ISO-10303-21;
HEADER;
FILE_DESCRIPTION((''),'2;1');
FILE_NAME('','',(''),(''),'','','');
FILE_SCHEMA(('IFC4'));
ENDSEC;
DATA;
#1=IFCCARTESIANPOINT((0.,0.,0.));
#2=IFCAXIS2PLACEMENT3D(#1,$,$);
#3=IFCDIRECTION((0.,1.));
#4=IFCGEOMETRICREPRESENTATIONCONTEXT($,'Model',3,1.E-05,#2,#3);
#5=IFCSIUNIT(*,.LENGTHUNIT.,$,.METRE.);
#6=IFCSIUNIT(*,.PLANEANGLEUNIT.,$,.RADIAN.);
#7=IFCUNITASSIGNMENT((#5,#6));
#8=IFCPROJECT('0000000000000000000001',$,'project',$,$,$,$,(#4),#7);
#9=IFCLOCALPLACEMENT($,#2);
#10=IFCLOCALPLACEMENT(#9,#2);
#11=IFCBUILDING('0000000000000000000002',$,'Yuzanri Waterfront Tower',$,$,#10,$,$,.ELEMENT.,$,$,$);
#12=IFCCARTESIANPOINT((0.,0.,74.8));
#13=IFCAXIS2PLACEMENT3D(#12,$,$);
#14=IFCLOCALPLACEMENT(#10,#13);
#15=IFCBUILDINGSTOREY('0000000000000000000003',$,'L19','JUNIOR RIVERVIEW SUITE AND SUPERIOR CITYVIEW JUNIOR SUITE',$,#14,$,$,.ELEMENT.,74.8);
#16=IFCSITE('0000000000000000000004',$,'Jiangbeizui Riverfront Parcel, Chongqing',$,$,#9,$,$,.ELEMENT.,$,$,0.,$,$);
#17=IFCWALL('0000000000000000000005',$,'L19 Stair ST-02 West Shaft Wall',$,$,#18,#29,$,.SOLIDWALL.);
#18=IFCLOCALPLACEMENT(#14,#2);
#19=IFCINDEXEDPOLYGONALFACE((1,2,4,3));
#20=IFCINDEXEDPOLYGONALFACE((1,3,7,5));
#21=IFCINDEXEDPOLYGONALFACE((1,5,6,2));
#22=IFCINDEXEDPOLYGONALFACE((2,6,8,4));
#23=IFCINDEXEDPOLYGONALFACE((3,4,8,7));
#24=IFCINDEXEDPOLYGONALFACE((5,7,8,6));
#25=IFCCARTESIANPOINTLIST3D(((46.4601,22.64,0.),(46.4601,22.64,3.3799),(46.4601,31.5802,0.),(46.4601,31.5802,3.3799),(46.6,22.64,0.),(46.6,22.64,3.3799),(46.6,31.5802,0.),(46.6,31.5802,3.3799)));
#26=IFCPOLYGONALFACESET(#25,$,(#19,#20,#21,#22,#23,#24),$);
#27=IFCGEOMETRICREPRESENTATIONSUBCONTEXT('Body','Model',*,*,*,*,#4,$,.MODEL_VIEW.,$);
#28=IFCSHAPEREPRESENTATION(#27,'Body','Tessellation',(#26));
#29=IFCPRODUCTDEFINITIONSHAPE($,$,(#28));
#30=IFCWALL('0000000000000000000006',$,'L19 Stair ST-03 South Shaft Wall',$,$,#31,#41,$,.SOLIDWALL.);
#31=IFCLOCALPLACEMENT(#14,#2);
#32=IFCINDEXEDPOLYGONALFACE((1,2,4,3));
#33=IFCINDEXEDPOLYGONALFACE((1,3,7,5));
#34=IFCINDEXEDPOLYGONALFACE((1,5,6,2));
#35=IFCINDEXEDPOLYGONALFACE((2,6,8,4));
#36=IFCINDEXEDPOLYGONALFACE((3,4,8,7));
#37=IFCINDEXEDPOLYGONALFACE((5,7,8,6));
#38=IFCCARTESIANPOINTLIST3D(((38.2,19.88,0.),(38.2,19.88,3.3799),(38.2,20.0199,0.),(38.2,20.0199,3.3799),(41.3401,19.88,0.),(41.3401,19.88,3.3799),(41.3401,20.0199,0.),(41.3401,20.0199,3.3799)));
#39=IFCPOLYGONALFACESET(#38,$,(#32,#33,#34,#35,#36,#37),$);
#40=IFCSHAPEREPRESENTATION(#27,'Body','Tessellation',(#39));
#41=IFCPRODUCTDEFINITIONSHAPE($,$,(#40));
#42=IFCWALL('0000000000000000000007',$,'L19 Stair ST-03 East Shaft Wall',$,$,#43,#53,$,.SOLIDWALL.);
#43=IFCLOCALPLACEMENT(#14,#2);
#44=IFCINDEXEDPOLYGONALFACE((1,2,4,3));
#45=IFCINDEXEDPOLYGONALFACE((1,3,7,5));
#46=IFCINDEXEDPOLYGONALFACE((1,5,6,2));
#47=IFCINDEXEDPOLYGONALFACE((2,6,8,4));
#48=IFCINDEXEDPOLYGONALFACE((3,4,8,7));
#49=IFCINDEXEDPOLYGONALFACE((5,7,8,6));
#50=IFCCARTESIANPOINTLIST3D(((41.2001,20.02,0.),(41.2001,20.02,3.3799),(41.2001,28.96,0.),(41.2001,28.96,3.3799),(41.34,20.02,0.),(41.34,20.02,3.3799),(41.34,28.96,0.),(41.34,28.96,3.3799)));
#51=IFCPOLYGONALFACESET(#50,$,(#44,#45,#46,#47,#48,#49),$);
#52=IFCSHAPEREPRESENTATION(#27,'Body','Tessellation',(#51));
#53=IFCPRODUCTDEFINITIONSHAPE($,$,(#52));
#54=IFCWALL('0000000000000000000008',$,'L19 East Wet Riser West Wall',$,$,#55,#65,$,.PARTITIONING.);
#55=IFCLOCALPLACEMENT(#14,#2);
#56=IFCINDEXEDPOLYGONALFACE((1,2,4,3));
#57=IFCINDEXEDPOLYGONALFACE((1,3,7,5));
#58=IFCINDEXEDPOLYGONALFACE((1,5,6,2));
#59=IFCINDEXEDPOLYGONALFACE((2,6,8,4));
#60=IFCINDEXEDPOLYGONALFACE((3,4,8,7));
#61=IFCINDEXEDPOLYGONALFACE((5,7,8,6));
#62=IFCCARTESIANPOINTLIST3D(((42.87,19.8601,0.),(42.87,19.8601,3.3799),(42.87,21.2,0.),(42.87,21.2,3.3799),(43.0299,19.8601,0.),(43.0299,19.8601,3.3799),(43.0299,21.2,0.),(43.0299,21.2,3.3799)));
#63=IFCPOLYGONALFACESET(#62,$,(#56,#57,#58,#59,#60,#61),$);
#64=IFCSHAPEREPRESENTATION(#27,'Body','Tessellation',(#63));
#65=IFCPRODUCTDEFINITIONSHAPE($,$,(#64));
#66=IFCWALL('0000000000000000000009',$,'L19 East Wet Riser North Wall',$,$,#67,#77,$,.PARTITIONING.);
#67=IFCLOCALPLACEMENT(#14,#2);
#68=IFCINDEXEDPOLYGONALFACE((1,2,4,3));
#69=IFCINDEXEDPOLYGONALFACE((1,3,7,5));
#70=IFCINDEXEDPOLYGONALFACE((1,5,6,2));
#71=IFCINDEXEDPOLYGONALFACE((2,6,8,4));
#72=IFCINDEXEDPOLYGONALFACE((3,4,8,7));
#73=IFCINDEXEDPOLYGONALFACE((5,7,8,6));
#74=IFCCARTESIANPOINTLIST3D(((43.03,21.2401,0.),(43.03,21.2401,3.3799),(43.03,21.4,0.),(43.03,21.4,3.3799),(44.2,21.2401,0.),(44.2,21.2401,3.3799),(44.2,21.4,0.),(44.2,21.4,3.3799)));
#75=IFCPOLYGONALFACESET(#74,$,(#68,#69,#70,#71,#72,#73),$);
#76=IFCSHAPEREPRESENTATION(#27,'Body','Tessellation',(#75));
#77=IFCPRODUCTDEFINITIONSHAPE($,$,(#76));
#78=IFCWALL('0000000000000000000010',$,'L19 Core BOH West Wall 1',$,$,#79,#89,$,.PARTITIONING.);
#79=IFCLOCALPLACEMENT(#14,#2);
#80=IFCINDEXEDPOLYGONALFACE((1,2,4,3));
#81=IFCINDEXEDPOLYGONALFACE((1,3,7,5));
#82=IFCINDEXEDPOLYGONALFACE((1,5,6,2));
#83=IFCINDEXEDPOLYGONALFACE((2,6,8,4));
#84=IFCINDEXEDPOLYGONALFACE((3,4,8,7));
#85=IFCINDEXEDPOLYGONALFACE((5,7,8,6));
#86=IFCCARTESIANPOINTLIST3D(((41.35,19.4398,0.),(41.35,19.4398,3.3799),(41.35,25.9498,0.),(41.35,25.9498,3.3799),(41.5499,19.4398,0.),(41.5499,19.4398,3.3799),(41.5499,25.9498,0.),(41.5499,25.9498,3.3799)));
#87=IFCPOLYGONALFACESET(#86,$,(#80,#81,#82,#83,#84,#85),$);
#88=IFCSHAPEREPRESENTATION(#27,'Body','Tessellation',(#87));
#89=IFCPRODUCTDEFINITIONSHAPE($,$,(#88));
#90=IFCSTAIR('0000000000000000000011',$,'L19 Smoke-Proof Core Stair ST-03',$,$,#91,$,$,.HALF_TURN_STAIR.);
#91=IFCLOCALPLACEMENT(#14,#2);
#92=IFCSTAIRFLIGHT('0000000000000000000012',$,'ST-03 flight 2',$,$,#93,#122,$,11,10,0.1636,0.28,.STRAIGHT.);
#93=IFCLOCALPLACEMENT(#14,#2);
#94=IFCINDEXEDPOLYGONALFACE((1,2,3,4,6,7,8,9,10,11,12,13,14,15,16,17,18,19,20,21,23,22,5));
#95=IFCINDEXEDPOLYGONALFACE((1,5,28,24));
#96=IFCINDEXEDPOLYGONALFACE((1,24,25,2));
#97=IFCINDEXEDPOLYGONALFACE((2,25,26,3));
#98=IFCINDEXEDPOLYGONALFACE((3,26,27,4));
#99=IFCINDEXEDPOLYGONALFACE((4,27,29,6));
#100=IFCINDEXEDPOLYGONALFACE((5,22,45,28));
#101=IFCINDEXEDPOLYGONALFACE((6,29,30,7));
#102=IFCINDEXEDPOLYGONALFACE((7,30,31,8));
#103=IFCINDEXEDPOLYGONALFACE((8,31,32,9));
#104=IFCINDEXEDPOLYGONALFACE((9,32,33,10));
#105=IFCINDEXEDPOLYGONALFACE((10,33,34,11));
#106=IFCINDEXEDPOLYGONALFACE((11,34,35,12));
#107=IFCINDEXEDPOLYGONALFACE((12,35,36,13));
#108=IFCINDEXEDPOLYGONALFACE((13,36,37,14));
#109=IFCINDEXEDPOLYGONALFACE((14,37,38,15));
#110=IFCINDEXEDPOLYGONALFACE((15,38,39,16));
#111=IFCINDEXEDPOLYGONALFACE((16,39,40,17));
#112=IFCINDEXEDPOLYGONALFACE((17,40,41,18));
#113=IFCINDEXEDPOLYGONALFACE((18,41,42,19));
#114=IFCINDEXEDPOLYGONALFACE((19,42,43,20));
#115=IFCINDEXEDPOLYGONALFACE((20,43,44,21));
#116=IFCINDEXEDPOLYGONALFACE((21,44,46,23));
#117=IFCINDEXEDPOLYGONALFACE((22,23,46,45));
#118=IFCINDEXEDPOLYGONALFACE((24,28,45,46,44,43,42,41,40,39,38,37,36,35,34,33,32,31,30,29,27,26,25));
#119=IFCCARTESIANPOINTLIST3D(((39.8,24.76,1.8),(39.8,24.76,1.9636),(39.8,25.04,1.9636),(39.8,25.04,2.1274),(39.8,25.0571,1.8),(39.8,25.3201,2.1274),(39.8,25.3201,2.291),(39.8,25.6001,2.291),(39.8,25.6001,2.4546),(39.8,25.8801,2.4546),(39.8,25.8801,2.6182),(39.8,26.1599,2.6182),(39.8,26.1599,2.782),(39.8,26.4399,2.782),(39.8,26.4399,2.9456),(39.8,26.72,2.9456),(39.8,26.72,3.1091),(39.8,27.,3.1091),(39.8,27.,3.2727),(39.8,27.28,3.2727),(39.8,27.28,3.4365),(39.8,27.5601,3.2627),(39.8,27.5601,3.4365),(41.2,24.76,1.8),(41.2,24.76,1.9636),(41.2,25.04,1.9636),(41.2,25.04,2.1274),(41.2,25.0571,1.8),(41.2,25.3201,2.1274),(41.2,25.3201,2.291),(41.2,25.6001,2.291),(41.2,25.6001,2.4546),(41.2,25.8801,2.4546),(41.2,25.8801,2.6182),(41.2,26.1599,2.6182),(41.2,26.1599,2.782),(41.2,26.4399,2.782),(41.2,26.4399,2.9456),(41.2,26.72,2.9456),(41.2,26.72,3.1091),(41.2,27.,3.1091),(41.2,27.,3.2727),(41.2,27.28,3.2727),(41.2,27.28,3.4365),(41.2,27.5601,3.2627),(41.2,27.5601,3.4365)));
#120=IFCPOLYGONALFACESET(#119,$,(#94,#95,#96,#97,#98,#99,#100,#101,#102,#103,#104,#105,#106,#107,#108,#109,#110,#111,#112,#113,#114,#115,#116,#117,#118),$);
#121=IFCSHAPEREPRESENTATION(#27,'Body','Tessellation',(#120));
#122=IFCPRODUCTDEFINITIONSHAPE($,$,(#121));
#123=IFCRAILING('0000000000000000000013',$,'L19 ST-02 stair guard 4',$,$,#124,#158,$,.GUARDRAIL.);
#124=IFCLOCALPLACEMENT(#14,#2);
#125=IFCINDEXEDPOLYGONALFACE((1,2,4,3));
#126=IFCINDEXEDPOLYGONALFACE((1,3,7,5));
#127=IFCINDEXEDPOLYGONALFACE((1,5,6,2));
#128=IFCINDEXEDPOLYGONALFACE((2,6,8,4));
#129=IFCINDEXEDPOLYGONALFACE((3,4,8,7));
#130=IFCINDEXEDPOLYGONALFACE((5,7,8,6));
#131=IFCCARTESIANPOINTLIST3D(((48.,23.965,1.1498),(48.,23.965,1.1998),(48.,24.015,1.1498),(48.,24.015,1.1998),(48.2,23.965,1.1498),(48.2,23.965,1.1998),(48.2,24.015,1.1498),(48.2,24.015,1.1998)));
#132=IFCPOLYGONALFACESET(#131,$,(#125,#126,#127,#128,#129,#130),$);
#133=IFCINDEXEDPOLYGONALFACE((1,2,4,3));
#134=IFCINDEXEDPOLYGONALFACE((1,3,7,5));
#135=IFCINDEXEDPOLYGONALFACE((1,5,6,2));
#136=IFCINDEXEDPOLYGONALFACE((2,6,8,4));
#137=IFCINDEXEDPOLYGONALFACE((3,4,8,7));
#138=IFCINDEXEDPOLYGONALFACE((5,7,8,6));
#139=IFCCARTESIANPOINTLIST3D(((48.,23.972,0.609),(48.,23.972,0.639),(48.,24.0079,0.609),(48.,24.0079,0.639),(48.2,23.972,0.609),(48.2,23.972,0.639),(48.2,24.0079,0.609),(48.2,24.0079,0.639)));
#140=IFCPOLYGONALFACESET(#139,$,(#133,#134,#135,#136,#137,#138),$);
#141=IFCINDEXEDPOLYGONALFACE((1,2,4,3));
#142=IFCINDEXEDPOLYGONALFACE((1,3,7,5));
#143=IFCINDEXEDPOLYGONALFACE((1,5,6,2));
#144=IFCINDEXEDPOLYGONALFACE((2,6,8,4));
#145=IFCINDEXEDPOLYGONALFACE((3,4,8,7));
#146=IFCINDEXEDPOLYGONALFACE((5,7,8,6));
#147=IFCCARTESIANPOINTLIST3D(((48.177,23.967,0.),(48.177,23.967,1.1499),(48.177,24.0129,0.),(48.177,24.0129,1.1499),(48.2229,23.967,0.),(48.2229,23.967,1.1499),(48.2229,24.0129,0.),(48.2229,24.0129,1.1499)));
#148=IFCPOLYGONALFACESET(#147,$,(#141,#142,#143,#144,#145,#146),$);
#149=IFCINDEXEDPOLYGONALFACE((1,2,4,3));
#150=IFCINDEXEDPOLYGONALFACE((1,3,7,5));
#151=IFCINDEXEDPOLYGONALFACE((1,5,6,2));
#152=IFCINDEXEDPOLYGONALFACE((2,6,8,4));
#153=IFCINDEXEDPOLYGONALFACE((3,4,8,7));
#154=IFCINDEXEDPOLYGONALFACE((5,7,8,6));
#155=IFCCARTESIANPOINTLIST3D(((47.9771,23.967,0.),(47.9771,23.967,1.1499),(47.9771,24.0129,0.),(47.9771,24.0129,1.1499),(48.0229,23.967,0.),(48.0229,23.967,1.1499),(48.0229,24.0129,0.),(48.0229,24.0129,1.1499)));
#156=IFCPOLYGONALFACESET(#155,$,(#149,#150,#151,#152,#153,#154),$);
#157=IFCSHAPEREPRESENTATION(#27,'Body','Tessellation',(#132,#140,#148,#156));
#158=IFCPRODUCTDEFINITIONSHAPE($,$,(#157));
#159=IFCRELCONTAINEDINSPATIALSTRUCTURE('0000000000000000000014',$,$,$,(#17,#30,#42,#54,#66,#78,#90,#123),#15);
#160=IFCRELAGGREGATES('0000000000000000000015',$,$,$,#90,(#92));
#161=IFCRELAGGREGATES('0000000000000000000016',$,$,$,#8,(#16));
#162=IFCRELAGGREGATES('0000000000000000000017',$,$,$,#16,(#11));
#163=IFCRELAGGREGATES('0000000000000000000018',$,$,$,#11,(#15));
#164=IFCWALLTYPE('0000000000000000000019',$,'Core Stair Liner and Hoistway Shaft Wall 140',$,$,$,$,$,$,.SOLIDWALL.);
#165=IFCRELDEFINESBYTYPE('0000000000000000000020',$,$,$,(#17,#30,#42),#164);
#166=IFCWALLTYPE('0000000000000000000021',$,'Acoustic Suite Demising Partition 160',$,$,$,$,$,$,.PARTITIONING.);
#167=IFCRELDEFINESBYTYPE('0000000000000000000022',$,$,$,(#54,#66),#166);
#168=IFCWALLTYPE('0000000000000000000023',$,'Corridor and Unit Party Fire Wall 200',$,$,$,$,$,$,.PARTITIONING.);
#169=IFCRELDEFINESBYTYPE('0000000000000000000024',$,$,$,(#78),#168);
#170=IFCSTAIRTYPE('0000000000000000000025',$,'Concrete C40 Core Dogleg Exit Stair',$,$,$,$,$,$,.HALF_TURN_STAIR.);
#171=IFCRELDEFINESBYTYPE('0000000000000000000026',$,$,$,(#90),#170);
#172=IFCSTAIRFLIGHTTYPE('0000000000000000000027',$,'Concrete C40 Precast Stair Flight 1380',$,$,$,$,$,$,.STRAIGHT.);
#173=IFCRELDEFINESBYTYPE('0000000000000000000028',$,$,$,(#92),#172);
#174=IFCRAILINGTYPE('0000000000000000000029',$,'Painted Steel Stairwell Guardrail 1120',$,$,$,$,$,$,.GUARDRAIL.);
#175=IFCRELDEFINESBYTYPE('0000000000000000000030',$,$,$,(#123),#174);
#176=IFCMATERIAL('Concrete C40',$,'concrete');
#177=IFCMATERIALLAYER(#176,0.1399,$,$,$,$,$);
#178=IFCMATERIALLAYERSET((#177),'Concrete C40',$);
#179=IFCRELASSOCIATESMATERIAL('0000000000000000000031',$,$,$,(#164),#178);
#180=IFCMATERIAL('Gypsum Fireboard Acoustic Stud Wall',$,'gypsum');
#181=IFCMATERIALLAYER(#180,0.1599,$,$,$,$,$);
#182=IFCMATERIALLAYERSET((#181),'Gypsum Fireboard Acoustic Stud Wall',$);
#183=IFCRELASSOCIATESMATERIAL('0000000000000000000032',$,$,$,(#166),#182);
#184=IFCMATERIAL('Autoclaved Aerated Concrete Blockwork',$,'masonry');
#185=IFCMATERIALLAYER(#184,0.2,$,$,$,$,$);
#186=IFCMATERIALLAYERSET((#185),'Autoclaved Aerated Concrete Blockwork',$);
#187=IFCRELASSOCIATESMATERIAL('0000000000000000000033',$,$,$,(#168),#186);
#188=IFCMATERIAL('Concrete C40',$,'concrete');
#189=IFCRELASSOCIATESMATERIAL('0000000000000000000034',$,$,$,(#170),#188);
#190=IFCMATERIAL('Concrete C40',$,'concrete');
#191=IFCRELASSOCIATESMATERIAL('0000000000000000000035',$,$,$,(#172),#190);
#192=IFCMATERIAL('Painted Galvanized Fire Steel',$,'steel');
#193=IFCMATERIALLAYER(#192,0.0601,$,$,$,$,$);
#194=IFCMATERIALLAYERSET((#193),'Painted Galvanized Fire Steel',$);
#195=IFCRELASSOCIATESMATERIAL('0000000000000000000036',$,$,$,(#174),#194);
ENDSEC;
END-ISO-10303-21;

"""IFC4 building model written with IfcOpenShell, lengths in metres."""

from ifc_helpers import new_model, si_unit, direction, frame, frame_2d, origin, origin_2d, place, context, subcontext, project, spatial, polyline, rectangle, outline, extrude, source, transform, mapped, material, layer, layer_set, type_object, element, aggregate, save


model = new_model("IFC4")

# Units and contexts
model_context = context("Model", 3, precision=1e-05, world=origin(), true_north=direction((0.0, 1.0)))
body_context = subcontext(model_context, "Body", "Model", "MODEL_VIEW")
ifc_project = project(units=[si_unit("LENGTHUNIT", "METRE"), si_unit("PLANEANGLEUNIT", "RADIAN")], contexts=[model_context])

# Site, building, storey
site_placement = place(None, origin())
site = spatial("IfcSite", under=ifc_project, at=site_placement, Name="Jiangbeizui Riverfront Parcel, Chongqing", CompositionType="ELEMENT", RefElevation=0.0)
building_placement = place(site_placement, origin())
building = spatial("IfcBuilding", under=site, at=building_placement, Name="Yuzanri Waterfront Tower", CompositionType="ELEMENT")
storey_placement = place(building_placement, frame((0.0, 0.0, 74.8)))
storey = spatial("IfcBuildingStorey", under=building, at=storey_placement, Name="L19", Description="JUNIOR RIVERVIEW SUITE AND SUPERIOR CITYVIEW JUNIOR SUITE", CompositionType="ELEMENT", Elevation=74.8)

# Shared definitions
ifc_material_1 = material(Name="Concrete C40", Category="concrete")
ifc_layer_1 = layer(ifc_material_1, 0.1399)
ifc_layer_set_1 = layer_set([ifc_layer_1], Name="Concrete C40")
wall_type_1 = type_object("IfcWallType", Name="Core Stair Liner and Hoistway Shaft Wall 140", PredefinedType="SOLIDWALL", material=ifc_layer_set_1)

# Walls
shared_shape_1 = source(origin(), body_context, "Body", "SweptSolid", [
    extrude(rectangle(XDim=8.9402, YDim=0.1399, at=frame_2d((4.4702, 0.0))), origin(), (0.0, 0.0, 1.0), 3.3799),
])
wall_1_placement = place(storey_placement, frame((46.53, 22.6399, 0.0), z_axis=(0.0, 0.0, 1.0), x_axis=(0.0, 1.0, 0.0)))
element("IfcWall", 1, at=wall_1_placement, inside=storey, type_object=wall_type_1, Name="L19 Stair ST-02 West Shaft Wall", PredefinedType="SOLIDWALL", context=body_context, shape_type="MappedRepresentation", body=[
    mapped(shared_shape_1, transform((0.0, 0.0, 0.0), scale=1.0)),
])
shared_shape_2 = source(origin(), body_context, "Body", "SweptSolid", [
    extrude(rectangle(XDim=3.1401, YDim=0.1399, at=frame_2d((1.5701, 0.0))), origin(), (0.0, 0.0, 1.0), 3.3799),
])
wall_2_placement = place(storey_placement, frame((38.2, 19.95, 0.0), z_axis=(0.0, 0.0, 1.0), x_axis=(1.0, 0.0, 0.0)))
element("IfcWall", 2, at=wall_2_placement, inside=storey, type_object=wall_type_1, Name="L19 Stair ST-03 South Shaft Wall", PredefinedType="SOLIDWALL", context=body_context, shape_type="MappedRepresentation", body=[
    mapped(shared_shape_2, transform((0.0, 0.0, 0.0), scale=1.0)),
])
shared_shape_3 = source(origin(), body_context, "Body", "SweptSolid", [
    extrude(rectangle(XDim=8.9399, YDim=0.1399, at=frame_2d((4.47, 0.0))), origin(), (0.0, 0.0, 1.0), 3.3799),
])
wall_3_placement = place(storey_placement, frame((41.27, 20.02, 0.0), z_axis=(0.0, 0.0, 1.0), x_axis=(0.0, 1.0, 0.0)))
element("IfcWall", 3, at=wall_3_placement, inside=storey, type_object=wall_type_1, Name="L19 Stair ST-03 East Shaft Wall", PredefinedType="SOLIDWALL", context=body_context, shape_type="MappedRepresentation", body=[
    mapped(shared_shape_3, transform((0.0, 0.0, 0.0), scale=1.0)),
])
ifc_material_2 = material(Name="Gypsum Fireboard Acoustic Stud Wall", Category="gypsum")
ifc_layer_2 = layer(ifc_material_2, 0.1599)
ifc_layer_set_2 = layer_set([ifc_layer_2], Name="Gypsum Fireboard Acoustic Stud Wall")
wall_type_2 = type_object("IfcWallType", Name="Acoustic Suite Demising Partition 160", PredefinedType="PARTITIONING", material=ifc_layer_set_2)
shared_shape_4 = source(origin(), body_context, "Body", "SweptSolid", [
    extrude(rectangle(XDim=1.3398, YDim=0.1599, at=frame_2d((0.6699, 0.0))), origin(), (0.0, 0.0, 1.0), 3.3799),
])
wall_4_placement = place(storey_placement, frame((42.95, 19.8601, 0.0), z_axis=(0.0, 0.0, 1.0), x_axis=(0.0, 1.0, 0.0)))
element("IfcWall", 4, at=wall_4_placement, inside=storey, type_object=wall_type_2, Name="L19 East Wet Riser West Wall", PredefinedType="PARTITIONING", context=body_context, shape_type="MappedRepresentation", body=[
    mapped(shared_shape_4, transform((0.0, 0.0, 0.0), scale=1.0)),
])
shared_shape_5 = source(origin(), body_context, "Body", "SweptSolid", [
    extrude(rectangle(XDim=1.1699, YDim=0.1599, at=frame_2d((0.585, 0.0))), origin(), (0.0, 0.0, 1.0), 3.3799),
])
wall_5_placement = place(storey_placement, frame((43.03, 21.3201, 0.0), z_axis=(0.0, 0.0, 1.0), x_axis=(1.0, 0.0, 0.0)))
element("IfcWall", 5, at=wall_5_placement, inside=storey, type_object=wall_type_2, Name="L19 East Wet Riser North Wall", PredefinedType="PARTITIONING", context=body_context, shape_type="MappedRepresentation", body=[
    mapped(shared_shape_5, transform((0.0, 0.0, 0.0), scale=1.0)),
])
ifc_material_3 = material(Name="Autoclaved Aerated Concrete Blockwork", Category="masonry")
ifc_layer_3 = layer(ifc_material_3, 0.2)
ifc_layer_set_3 = layer_set([ifc_layer_3], Name="Autoclaved Aerated Concrete Blockwork")
wall_type_3 = type_object("IfcWallType", Name="Corridor and Unit Party Fire Wall 200", PredefinedType="PARTITIONING", material=ifc_layer_set_3)
shared_shape_6 = source(origin(), body_context, "Body", "SweptSolid", [
    extrude(rectangle(XDim=6.51, YDim=0.2, at=frame_2d((3.2549, 0.0))), origin(), (0.0, 0.0, 1.0), 3.3799),
])
wall_6_placement = place(storey_placement, frame((41.45, 19.4399, 0.0), z_axis=(0.0, 0.0, 1.0), x_axis=(0.0, 1.0, 0.0)))
element("IfcWall", 6, at=wall_6_placement, inside=storey, type_object=wall_type_3, Name="L19 Core BOH West Wall 1", PredefinedType="PARTITIONING", context=body_context, shape_type="MappedRepresentation", body=[
    mapped(shared_shape_6, transform((0.0, 0.0, 0.0), scale=1.0)),
])

# Stair, stair flight
ifc_material_4 = material(Name="Concrete C40", Category="concrete")
stair_type = type_object("IfcStairType", Name="Concrete C40 Core Dogleg Exit Stair", PredefinedType="HALF_TURN_STAIR", material=ifc_material_4)
stair_placement = place(storey_placement, origin())
stair = element("IfcStair", 7, at=stair_placement, inside=storey, type_object=stair_type, Name="L19 Smoke-Proof Core Stair ST-03", PredefinedType="HALF_TURN_STAIR")
ifc_material_5 = material(Name="Concrete C40", Category="concrete")
stair_flight_type = type_object("IfcStairFlightType", Name="Concrete C40 Precast Stair Flight 1380", PredefinedType="STRAIGHT", material=ifc_material_5)
shared_shape_7 = source(origin(), body_context, "Body", "SweptSolid", [
    extrude(outline(polyline([(0.0, 0.0), (0.0, 0.1636), (0.28, 0.1636), (0.28, 0.3274), (0.5601, 0.3274), (0.5601, 0.491), (0.8401, 0.491), (0.8401, 0.6545), (1.1201, 0.6545), (1.1201, 0.8181), (1.3999, 0.8181), (1.3999, 0.9819), (1.6799, 0.9819), (1.6799, 1.1455), (1.96, 1.1455), (1.96, 1.3091), (2.24, 1.3091), (2.24, 1.4727), (2.52, 1.4727), (2.52, 1.6365), (2.8, 1.6365), (2.8, 1.8), (2.8, 1.4626), (0.2971, 0.0), (0.0, 0.0)])), frame((0.0, 0.7, 0.0), z_axis=(0.0, -1.0, 0.0), x_axis=(1.0, 0.0, 0.0)), (0.0, 0.0, 1.0), 1.3999),
])
stair_flight_placement = place(storey_placement, frame((40.5, 24.76, 1.8), z_axis=(0.0, 0.0, 1.0), x_axis=(0.0, 1.0, 0.0)))
stair_flight = element("IfcStairFlight", 8, at=stair_flight_placement, type_object=stair_flight_type, Name="ST-03 flight 2", NumberOfRisers=11, NumberOfTreads=10, PredefinedType="STRAIGHT", RiserHeight=0.1636, TreadLength=0.28, context=body_context, shape_type="MappedRepresentation", body=[
    mapped(shared_shape_7, transform((0.0, 0.0, 0.0), scale=1.0)),
])
aggregate(stair, [stair_flight])

# Railing
ifc_material_6 = material(Name="Painted Galvanized Fire Steel", Category="steel")
ifc_layer_4 = layer(ifc_material_6, 0.0601)
ifc_layer_set_4 = layer_set([ifc_layer_4], Name="Painted Galvanized Fire Steel")
railing_type_1 = type_object("IfcRailingType", Name="Painted Steel Stairwell Guardrail 1120", PredefinedType="GUARDRAIL", material=ifc_layer_set_4)
shared_shape_8 = source(origin(), body_context, "Body", "SweptSolid", [
    extrude(rectangle(XDim=0.05, YDim=0.05, at=origin_2d()), frame((0.0, 0.0, 1.1748), z_axis=(-1.0, 0.0, 0.0), x_axis=(0.0, -1.0, 0.0)), (0.0, 0.0, 1.0), 0.2),
    extrude(rectangle(XDim=0.0359, YDim=0.03, at=origin_2d()), frame((0.0, 0.0, 0.624), z_axis=(-1.0, 0.0, 0.0), x_axis=(0.0, -1.0, 0.0)), (0.0, 0.0, 1.0), 0.2),
    extrude(rectangle(XDim=0.0459, YDim=0.0459, at=origin_2d()), origin(), (0.0, 0.0, 1.0), 1.1499),
    extrude(rectangle(XDim=0.0459, YDim=0.0459, at=origin_2d()), frame((-0.2, 0.0, 0.0)), (0.0, 0.0, 1.0), 1.1499),
])
railing_1_placement = place(storey_placement, frame((48.2, 23.99, 0.0)))
element("IfcRailing", 9, at=railing_1_placement, inside=storey, type_object=railing_type_1, Name="L19 ST-02 stair guard 4", PredefinedType="GUARDRAIL", context=body_context, shape_type="MappedRepresentation", body=[
    mapped(shared_shape_8, transform((0.0, 0.0, 0.0), scale=1.0)),
])

save(model, "model.ifc")
